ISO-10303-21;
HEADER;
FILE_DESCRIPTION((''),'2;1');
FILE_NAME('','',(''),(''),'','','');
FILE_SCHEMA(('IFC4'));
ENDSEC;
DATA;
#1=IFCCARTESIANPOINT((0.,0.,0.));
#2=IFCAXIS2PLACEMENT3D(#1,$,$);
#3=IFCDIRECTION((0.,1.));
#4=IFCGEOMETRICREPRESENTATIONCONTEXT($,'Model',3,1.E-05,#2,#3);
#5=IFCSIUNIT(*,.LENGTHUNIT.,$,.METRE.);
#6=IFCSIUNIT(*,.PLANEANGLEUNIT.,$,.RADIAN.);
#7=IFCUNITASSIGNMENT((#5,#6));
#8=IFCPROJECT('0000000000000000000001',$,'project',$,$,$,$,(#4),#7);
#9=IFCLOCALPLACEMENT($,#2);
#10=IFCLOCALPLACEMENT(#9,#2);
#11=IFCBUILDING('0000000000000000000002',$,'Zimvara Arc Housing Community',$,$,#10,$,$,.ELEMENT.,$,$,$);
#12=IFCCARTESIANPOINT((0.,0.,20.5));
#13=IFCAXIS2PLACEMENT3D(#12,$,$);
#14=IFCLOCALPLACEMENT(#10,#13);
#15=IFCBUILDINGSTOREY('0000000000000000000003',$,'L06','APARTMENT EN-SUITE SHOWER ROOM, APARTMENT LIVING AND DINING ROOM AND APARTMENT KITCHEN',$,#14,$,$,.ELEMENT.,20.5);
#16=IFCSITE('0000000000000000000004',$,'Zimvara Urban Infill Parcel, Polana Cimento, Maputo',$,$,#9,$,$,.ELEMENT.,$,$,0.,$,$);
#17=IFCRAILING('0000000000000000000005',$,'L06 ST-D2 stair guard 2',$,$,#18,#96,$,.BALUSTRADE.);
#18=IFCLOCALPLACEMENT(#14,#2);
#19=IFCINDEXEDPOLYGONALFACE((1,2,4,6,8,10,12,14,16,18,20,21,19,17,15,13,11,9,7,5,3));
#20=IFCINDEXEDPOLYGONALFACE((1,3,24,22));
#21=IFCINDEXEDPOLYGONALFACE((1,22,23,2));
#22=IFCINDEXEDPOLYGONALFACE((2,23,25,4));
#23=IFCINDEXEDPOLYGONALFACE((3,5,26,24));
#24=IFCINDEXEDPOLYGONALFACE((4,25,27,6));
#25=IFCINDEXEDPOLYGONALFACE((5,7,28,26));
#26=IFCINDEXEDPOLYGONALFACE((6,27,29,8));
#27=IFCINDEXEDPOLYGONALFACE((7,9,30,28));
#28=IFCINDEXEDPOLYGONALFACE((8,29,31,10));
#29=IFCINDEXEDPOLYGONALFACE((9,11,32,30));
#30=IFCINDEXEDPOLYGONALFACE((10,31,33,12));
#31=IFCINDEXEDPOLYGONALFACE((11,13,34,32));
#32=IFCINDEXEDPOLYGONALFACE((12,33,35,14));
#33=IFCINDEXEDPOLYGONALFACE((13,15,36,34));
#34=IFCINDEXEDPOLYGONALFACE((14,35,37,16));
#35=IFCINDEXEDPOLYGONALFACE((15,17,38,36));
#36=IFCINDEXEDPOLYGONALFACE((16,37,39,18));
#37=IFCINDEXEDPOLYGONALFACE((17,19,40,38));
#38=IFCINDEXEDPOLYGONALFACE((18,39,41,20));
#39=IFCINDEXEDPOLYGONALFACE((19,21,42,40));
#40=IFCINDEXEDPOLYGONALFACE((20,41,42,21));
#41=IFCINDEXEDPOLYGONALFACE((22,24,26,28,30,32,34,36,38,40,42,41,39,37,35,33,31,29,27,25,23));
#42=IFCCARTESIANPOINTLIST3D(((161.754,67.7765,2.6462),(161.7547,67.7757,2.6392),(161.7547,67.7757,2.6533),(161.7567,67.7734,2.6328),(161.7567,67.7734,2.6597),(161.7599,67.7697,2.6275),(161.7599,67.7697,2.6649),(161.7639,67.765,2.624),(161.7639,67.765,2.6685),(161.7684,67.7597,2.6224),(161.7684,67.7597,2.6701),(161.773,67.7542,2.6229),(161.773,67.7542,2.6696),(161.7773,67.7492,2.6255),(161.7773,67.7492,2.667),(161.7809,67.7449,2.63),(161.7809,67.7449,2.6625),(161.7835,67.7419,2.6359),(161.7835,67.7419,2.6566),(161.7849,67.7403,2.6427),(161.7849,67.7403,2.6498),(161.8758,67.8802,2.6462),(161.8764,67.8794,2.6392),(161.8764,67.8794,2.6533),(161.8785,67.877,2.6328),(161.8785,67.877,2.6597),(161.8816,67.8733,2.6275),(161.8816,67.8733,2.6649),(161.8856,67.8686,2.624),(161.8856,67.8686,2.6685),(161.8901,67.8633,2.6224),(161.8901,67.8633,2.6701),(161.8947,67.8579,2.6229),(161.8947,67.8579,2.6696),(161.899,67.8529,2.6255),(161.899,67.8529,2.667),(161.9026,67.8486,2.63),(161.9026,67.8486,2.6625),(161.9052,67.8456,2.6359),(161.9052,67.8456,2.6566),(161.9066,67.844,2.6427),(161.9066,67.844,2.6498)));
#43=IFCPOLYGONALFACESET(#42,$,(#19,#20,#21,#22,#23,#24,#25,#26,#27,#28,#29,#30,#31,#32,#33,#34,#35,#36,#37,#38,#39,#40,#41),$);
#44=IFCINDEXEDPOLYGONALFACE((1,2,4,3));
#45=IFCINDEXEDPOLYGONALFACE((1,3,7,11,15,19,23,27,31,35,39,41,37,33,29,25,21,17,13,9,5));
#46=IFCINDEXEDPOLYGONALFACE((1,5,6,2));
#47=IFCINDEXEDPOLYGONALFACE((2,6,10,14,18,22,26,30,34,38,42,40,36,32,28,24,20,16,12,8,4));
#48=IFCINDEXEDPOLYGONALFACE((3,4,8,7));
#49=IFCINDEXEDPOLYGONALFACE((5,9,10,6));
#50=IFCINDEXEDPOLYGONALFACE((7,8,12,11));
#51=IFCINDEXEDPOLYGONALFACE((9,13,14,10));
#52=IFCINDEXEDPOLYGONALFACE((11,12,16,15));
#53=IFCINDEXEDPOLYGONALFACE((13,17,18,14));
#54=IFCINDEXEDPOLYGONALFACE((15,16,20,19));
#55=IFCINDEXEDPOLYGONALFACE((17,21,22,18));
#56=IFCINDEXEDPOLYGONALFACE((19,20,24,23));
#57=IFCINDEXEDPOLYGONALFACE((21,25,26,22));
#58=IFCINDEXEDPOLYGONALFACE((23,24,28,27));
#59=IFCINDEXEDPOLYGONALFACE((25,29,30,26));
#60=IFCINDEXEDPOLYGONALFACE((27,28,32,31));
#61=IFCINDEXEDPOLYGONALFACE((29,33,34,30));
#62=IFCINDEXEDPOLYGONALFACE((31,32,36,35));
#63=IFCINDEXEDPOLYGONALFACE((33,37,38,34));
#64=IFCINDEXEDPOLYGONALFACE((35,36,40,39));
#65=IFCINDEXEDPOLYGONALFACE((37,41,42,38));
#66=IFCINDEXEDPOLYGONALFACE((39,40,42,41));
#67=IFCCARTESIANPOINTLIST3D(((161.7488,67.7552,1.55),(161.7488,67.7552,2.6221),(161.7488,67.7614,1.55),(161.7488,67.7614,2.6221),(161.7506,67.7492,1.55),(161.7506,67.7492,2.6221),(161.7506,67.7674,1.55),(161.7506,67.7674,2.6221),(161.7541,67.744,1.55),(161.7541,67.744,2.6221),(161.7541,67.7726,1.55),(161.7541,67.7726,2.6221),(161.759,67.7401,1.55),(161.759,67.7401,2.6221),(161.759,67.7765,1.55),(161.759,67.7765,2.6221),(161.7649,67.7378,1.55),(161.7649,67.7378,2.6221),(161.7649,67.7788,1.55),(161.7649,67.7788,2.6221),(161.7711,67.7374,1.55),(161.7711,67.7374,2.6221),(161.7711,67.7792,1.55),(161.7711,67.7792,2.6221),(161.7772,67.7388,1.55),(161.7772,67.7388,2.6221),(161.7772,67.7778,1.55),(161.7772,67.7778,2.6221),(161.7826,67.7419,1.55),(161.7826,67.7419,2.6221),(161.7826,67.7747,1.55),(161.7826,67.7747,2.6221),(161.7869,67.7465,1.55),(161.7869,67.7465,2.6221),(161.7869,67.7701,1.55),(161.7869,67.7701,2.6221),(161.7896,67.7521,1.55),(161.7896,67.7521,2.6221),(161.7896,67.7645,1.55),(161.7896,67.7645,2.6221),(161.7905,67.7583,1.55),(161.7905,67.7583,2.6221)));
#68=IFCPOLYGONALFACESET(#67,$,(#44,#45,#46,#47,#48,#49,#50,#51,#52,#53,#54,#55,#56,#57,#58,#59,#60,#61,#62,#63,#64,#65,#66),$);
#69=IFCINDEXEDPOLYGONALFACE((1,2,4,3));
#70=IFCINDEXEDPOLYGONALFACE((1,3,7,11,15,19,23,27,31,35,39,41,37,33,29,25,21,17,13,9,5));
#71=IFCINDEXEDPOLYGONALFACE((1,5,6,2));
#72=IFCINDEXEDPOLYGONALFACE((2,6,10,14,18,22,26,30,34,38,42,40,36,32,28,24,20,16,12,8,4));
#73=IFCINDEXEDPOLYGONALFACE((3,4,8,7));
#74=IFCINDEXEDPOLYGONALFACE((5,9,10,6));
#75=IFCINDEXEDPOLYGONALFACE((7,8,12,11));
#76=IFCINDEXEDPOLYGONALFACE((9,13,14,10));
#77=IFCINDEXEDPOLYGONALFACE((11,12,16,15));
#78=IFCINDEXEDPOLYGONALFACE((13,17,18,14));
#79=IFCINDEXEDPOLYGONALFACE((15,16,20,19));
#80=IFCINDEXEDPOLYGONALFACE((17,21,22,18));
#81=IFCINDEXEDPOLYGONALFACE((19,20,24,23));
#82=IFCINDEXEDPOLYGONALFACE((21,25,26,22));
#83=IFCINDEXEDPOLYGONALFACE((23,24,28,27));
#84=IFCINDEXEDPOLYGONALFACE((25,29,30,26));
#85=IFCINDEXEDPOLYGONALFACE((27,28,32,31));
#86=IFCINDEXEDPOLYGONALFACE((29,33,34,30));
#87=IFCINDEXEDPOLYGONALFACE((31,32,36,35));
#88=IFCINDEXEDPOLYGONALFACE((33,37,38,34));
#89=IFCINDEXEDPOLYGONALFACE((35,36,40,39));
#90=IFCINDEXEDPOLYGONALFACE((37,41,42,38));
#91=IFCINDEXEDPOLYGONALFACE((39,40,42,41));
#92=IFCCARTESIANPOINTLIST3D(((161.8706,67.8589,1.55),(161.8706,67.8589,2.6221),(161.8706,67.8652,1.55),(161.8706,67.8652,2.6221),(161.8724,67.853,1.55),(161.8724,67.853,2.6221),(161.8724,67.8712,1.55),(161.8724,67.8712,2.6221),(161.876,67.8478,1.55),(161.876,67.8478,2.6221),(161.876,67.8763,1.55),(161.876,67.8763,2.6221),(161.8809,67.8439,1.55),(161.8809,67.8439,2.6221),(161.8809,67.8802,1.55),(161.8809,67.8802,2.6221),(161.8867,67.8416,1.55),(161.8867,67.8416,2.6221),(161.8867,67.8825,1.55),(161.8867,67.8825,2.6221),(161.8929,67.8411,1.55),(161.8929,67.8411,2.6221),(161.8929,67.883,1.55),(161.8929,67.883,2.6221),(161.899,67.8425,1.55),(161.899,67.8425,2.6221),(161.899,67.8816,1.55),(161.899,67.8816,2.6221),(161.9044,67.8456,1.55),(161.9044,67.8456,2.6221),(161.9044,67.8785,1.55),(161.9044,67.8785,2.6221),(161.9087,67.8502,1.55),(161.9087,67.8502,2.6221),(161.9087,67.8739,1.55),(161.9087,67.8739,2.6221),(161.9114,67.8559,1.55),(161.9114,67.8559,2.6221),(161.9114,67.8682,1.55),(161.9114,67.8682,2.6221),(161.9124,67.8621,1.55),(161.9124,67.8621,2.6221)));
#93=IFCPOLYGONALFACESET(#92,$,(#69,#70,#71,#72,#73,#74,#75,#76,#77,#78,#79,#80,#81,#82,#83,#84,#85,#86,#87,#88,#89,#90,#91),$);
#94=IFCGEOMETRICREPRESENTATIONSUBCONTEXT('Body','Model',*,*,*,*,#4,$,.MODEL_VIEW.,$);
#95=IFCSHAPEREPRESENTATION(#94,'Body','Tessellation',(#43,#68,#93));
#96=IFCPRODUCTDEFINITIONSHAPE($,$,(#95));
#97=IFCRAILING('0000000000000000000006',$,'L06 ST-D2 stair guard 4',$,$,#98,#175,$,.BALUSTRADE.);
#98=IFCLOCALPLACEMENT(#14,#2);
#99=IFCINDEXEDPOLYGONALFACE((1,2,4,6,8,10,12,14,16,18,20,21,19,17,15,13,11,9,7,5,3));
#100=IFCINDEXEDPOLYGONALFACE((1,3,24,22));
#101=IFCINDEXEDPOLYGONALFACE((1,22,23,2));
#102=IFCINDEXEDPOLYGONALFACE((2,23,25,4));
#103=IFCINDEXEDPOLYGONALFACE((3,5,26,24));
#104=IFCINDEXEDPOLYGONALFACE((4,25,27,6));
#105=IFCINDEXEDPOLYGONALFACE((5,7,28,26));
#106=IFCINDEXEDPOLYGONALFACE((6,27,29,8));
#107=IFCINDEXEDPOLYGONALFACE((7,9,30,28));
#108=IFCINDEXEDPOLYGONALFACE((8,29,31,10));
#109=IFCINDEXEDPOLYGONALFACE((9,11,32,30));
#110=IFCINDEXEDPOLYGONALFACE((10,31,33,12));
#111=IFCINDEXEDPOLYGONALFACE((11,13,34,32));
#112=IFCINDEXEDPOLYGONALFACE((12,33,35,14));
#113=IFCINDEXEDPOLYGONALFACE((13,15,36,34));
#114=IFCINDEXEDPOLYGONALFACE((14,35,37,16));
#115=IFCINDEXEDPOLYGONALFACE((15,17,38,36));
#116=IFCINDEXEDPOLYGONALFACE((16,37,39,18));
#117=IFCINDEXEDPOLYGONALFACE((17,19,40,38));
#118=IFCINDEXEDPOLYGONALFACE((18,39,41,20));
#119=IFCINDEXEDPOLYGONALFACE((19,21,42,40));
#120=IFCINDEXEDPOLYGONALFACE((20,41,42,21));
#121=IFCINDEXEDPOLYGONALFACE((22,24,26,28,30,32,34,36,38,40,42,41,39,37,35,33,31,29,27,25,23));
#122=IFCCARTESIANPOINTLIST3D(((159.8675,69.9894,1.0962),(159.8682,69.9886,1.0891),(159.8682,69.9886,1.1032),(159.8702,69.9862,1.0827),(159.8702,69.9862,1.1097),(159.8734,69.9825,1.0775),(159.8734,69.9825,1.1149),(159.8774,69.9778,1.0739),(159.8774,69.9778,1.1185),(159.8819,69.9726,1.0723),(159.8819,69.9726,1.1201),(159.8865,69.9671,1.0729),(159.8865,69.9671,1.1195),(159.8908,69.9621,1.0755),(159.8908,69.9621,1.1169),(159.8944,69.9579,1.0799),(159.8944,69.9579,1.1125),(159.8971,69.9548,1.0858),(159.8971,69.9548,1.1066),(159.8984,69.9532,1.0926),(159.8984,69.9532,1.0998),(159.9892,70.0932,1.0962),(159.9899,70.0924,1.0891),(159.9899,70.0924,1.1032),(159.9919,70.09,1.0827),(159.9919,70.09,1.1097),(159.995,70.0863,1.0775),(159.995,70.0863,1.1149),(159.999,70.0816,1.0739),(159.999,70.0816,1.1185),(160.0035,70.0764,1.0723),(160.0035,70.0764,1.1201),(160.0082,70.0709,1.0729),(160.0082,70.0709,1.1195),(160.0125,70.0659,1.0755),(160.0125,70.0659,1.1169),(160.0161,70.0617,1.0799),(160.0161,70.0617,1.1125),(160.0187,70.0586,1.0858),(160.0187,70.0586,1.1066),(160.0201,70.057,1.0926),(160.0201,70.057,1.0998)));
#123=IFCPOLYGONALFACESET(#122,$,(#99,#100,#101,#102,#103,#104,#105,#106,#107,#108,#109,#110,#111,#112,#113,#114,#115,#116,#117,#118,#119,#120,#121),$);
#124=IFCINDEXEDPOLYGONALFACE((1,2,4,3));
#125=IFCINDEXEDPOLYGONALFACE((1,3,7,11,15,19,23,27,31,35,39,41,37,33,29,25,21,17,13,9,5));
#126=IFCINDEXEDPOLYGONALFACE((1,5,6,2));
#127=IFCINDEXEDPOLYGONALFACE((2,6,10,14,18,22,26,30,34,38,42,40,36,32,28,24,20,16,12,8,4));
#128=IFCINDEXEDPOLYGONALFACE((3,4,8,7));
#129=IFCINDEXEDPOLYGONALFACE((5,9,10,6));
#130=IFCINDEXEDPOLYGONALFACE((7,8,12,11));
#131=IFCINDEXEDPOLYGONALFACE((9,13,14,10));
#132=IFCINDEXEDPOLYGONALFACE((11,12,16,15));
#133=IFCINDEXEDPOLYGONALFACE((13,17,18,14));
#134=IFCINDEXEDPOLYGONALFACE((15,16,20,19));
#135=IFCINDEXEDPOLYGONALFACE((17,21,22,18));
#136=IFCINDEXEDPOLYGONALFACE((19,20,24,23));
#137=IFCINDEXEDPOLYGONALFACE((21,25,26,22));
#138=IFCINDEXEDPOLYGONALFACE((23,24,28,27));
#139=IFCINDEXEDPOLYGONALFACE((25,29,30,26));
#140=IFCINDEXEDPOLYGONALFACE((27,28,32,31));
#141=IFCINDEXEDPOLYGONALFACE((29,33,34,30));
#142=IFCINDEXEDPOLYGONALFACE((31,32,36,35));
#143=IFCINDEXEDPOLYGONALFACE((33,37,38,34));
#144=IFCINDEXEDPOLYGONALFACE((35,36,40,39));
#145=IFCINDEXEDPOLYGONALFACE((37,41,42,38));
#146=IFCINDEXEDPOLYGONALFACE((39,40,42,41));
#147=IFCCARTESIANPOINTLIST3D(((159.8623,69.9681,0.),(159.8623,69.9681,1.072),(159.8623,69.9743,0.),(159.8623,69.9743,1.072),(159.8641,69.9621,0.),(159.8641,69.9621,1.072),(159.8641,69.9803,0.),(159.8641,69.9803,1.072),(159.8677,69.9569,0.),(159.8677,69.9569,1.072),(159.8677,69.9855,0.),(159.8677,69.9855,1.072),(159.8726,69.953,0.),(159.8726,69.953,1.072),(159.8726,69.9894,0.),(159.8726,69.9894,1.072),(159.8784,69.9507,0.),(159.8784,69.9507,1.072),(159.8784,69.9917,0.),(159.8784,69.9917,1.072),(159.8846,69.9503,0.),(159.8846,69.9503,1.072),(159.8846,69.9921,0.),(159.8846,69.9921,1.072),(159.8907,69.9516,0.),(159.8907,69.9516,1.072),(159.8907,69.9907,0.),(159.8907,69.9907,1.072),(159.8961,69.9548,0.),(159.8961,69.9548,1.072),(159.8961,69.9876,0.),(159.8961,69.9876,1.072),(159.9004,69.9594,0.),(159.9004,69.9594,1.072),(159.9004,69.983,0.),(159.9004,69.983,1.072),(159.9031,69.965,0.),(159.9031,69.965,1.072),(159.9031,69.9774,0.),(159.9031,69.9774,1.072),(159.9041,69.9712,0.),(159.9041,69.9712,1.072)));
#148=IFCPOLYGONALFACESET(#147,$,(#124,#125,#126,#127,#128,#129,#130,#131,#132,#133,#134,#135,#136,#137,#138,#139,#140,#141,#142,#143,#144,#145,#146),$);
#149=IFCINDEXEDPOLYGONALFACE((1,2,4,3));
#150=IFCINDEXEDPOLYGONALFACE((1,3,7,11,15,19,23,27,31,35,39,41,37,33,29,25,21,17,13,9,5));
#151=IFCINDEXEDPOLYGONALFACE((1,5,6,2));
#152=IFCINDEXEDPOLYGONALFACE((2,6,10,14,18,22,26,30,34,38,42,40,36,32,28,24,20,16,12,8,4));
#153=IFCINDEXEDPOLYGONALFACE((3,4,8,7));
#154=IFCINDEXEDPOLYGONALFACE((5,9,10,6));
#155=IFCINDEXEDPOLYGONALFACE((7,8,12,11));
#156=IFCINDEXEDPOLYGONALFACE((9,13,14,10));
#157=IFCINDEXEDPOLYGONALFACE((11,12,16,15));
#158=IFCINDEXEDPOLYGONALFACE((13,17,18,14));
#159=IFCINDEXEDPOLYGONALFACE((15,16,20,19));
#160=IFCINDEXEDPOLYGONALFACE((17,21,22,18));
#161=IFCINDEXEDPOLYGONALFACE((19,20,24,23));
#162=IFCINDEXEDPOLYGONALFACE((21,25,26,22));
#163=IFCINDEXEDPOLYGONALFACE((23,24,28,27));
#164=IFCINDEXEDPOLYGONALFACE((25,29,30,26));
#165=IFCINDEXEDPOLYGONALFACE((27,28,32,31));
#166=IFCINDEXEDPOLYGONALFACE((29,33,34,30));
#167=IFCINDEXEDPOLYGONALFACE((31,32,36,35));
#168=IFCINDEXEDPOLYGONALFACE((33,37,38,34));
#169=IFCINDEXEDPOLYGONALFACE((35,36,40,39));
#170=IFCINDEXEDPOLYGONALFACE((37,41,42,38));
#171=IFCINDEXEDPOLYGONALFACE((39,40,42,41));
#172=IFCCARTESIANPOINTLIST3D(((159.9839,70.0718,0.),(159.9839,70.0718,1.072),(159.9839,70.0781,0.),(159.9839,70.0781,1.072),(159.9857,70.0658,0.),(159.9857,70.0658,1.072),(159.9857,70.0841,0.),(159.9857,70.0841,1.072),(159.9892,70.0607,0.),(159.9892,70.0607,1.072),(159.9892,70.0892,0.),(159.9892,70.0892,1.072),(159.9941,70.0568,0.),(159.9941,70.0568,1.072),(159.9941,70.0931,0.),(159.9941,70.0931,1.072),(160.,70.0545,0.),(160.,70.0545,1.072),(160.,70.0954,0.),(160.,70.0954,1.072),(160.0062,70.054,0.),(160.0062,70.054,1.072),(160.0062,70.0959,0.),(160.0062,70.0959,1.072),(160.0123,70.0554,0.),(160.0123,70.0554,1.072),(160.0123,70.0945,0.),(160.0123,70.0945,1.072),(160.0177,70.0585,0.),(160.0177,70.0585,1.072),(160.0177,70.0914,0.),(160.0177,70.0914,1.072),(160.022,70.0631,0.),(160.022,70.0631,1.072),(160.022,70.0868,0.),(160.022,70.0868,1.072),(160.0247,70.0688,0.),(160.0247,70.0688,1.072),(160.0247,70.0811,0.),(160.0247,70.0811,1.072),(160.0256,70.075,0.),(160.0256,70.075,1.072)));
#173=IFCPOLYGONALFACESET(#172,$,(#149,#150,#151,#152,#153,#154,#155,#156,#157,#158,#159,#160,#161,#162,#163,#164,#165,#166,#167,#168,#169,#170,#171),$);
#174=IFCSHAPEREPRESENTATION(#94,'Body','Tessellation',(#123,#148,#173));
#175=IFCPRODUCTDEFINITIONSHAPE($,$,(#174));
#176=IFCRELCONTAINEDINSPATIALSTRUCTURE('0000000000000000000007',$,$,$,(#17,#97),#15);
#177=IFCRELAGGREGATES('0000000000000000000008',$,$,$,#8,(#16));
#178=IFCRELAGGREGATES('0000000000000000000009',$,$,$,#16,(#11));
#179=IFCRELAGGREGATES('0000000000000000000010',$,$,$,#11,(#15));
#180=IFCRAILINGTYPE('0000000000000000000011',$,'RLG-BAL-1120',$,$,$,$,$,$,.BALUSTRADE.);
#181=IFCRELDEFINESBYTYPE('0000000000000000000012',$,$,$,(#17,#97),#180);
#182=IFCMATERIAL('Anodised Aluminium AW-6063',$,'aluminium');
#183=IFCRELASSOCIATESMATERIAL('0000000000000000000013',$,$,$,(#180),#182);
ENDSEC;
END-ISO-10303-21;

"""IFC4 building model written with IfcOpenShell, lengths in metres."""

from ifc_helpers import new_model, si_unit, direction, frame, origin, origin_2d, place, context, subcontext, project, spatial, circle, extrude, material, type_object, element, save


model = new_model("IFC4")

# Units and contexts
model_context = context("Model", 3, precision=1e-05, world=origin(), true_north=direction((0.0, 1.0)))
body_context = subcontext(model_context, "Body", "Model", "MODEL_VIEW")
ifc_project = project(units=[si_unit("LENGTHUNIT", "METRE"), si_unit("PLANEANGLEUNIT", "RADIAN")], contexts=[model_context])

# Site, building, storey
site_placement = place(None, origin())
site = spatial("IfcSite", under=ifc_project, at=site_placement, Name="Zimvara Urban Infill Parcel, Polana Cimento, Maputo", CompositionType="ELEMENT", RefElevation=0.0)
building_placement = place(site_placement, origin())
building = spatial("IfcBuilding", under=site, at=building_placement, Name="Zimvara Arc Housing Community", CompositionType="ELEMENT")
storey_placement = place(building_placement, frame((0.0, 0.0, 20.5)))
storey = spatial("IfcBuildingStorey", under=building, at=storey_placement, Name="L06", Description="APARTMENT EN-SUITE SHOWER ROOM, APARTMENT LIVING AND DINING ROOM AND APARTMENT KITCHEN", CompositionType="ELEMENT", Elevation=20.5)

# Railings
ifc_material_1 = material(Name="Anodised Aluminium AW-6063", Category="aluminium")
railing_type_1 = type_object("IfcRailingType", Name="RLG-BAL-1120", PredefinedType="BALUSTRADE", material=ifc_material_1)
railing_1_placement = place(storey_placement, frame((161.7695, 67.7583, 1.55)))
element("IfcRailing", 1, at=railing_1_placement, inside=storey, type_object=railing_type_1, Name="L06 ST-D2 stair guard 2", PredefinedType="BALUSTRADE", context=body_context, shape_type="SweptSolid", body=[
    extrude(circle(Radius=0.0239, at=origin_2d()), frame((0.0, 0.0, 1.0962), z_axis=(0.761299, 0.648401, 0.0), x_axis=(-0.648401, 0.761299, 0.0)), (0.0, 0.0, 1.0), 0.1599),
    extrude(circle(Radius=0.021, at=origin_2d()), origin(), (0.0, 0.0, 1.0), 1.072),
    extrude(circle(Radius=0.021, at=origin_2d()), frame((0.1218, 0.1038, 0.0)), (0.0, 0.0, 1.0), 1.072),
])
railing_2_placement = place(storey_placement, frame((159.8831, 69.9712, 0.0)))
element("IfcRailing", 2, at=railing_2_placement, inside=storey, type_object=railing_type_1, Name="L06 ST-D2 stair guard 4", PredefinedType="BALUSTRADE", context=body_context, shape_type="SweptSolid", body=[
    extrude(circle(Radius=0.0239, at=origin_2d()), frame((0.0, 0.0, 1.0962), z_axis=(0.760656, 0.649155, 0.0), x_axis=(-0.649155, 0.760656, 0.0)), (0.0, 0.0, 1.0), 0.1599),
    extrude(circle(Radius=0.021, at=origin_2d()), origin(), (0.0, 0.0, 1.0), 1.072),
    extrude(circle(Radius=0.021, at=origin_2d()), frame((0.1216, 0.1038, 0.0)), (0.0, 0.0, 1.0), 1.072),
])

save(model, "model.ifc")
